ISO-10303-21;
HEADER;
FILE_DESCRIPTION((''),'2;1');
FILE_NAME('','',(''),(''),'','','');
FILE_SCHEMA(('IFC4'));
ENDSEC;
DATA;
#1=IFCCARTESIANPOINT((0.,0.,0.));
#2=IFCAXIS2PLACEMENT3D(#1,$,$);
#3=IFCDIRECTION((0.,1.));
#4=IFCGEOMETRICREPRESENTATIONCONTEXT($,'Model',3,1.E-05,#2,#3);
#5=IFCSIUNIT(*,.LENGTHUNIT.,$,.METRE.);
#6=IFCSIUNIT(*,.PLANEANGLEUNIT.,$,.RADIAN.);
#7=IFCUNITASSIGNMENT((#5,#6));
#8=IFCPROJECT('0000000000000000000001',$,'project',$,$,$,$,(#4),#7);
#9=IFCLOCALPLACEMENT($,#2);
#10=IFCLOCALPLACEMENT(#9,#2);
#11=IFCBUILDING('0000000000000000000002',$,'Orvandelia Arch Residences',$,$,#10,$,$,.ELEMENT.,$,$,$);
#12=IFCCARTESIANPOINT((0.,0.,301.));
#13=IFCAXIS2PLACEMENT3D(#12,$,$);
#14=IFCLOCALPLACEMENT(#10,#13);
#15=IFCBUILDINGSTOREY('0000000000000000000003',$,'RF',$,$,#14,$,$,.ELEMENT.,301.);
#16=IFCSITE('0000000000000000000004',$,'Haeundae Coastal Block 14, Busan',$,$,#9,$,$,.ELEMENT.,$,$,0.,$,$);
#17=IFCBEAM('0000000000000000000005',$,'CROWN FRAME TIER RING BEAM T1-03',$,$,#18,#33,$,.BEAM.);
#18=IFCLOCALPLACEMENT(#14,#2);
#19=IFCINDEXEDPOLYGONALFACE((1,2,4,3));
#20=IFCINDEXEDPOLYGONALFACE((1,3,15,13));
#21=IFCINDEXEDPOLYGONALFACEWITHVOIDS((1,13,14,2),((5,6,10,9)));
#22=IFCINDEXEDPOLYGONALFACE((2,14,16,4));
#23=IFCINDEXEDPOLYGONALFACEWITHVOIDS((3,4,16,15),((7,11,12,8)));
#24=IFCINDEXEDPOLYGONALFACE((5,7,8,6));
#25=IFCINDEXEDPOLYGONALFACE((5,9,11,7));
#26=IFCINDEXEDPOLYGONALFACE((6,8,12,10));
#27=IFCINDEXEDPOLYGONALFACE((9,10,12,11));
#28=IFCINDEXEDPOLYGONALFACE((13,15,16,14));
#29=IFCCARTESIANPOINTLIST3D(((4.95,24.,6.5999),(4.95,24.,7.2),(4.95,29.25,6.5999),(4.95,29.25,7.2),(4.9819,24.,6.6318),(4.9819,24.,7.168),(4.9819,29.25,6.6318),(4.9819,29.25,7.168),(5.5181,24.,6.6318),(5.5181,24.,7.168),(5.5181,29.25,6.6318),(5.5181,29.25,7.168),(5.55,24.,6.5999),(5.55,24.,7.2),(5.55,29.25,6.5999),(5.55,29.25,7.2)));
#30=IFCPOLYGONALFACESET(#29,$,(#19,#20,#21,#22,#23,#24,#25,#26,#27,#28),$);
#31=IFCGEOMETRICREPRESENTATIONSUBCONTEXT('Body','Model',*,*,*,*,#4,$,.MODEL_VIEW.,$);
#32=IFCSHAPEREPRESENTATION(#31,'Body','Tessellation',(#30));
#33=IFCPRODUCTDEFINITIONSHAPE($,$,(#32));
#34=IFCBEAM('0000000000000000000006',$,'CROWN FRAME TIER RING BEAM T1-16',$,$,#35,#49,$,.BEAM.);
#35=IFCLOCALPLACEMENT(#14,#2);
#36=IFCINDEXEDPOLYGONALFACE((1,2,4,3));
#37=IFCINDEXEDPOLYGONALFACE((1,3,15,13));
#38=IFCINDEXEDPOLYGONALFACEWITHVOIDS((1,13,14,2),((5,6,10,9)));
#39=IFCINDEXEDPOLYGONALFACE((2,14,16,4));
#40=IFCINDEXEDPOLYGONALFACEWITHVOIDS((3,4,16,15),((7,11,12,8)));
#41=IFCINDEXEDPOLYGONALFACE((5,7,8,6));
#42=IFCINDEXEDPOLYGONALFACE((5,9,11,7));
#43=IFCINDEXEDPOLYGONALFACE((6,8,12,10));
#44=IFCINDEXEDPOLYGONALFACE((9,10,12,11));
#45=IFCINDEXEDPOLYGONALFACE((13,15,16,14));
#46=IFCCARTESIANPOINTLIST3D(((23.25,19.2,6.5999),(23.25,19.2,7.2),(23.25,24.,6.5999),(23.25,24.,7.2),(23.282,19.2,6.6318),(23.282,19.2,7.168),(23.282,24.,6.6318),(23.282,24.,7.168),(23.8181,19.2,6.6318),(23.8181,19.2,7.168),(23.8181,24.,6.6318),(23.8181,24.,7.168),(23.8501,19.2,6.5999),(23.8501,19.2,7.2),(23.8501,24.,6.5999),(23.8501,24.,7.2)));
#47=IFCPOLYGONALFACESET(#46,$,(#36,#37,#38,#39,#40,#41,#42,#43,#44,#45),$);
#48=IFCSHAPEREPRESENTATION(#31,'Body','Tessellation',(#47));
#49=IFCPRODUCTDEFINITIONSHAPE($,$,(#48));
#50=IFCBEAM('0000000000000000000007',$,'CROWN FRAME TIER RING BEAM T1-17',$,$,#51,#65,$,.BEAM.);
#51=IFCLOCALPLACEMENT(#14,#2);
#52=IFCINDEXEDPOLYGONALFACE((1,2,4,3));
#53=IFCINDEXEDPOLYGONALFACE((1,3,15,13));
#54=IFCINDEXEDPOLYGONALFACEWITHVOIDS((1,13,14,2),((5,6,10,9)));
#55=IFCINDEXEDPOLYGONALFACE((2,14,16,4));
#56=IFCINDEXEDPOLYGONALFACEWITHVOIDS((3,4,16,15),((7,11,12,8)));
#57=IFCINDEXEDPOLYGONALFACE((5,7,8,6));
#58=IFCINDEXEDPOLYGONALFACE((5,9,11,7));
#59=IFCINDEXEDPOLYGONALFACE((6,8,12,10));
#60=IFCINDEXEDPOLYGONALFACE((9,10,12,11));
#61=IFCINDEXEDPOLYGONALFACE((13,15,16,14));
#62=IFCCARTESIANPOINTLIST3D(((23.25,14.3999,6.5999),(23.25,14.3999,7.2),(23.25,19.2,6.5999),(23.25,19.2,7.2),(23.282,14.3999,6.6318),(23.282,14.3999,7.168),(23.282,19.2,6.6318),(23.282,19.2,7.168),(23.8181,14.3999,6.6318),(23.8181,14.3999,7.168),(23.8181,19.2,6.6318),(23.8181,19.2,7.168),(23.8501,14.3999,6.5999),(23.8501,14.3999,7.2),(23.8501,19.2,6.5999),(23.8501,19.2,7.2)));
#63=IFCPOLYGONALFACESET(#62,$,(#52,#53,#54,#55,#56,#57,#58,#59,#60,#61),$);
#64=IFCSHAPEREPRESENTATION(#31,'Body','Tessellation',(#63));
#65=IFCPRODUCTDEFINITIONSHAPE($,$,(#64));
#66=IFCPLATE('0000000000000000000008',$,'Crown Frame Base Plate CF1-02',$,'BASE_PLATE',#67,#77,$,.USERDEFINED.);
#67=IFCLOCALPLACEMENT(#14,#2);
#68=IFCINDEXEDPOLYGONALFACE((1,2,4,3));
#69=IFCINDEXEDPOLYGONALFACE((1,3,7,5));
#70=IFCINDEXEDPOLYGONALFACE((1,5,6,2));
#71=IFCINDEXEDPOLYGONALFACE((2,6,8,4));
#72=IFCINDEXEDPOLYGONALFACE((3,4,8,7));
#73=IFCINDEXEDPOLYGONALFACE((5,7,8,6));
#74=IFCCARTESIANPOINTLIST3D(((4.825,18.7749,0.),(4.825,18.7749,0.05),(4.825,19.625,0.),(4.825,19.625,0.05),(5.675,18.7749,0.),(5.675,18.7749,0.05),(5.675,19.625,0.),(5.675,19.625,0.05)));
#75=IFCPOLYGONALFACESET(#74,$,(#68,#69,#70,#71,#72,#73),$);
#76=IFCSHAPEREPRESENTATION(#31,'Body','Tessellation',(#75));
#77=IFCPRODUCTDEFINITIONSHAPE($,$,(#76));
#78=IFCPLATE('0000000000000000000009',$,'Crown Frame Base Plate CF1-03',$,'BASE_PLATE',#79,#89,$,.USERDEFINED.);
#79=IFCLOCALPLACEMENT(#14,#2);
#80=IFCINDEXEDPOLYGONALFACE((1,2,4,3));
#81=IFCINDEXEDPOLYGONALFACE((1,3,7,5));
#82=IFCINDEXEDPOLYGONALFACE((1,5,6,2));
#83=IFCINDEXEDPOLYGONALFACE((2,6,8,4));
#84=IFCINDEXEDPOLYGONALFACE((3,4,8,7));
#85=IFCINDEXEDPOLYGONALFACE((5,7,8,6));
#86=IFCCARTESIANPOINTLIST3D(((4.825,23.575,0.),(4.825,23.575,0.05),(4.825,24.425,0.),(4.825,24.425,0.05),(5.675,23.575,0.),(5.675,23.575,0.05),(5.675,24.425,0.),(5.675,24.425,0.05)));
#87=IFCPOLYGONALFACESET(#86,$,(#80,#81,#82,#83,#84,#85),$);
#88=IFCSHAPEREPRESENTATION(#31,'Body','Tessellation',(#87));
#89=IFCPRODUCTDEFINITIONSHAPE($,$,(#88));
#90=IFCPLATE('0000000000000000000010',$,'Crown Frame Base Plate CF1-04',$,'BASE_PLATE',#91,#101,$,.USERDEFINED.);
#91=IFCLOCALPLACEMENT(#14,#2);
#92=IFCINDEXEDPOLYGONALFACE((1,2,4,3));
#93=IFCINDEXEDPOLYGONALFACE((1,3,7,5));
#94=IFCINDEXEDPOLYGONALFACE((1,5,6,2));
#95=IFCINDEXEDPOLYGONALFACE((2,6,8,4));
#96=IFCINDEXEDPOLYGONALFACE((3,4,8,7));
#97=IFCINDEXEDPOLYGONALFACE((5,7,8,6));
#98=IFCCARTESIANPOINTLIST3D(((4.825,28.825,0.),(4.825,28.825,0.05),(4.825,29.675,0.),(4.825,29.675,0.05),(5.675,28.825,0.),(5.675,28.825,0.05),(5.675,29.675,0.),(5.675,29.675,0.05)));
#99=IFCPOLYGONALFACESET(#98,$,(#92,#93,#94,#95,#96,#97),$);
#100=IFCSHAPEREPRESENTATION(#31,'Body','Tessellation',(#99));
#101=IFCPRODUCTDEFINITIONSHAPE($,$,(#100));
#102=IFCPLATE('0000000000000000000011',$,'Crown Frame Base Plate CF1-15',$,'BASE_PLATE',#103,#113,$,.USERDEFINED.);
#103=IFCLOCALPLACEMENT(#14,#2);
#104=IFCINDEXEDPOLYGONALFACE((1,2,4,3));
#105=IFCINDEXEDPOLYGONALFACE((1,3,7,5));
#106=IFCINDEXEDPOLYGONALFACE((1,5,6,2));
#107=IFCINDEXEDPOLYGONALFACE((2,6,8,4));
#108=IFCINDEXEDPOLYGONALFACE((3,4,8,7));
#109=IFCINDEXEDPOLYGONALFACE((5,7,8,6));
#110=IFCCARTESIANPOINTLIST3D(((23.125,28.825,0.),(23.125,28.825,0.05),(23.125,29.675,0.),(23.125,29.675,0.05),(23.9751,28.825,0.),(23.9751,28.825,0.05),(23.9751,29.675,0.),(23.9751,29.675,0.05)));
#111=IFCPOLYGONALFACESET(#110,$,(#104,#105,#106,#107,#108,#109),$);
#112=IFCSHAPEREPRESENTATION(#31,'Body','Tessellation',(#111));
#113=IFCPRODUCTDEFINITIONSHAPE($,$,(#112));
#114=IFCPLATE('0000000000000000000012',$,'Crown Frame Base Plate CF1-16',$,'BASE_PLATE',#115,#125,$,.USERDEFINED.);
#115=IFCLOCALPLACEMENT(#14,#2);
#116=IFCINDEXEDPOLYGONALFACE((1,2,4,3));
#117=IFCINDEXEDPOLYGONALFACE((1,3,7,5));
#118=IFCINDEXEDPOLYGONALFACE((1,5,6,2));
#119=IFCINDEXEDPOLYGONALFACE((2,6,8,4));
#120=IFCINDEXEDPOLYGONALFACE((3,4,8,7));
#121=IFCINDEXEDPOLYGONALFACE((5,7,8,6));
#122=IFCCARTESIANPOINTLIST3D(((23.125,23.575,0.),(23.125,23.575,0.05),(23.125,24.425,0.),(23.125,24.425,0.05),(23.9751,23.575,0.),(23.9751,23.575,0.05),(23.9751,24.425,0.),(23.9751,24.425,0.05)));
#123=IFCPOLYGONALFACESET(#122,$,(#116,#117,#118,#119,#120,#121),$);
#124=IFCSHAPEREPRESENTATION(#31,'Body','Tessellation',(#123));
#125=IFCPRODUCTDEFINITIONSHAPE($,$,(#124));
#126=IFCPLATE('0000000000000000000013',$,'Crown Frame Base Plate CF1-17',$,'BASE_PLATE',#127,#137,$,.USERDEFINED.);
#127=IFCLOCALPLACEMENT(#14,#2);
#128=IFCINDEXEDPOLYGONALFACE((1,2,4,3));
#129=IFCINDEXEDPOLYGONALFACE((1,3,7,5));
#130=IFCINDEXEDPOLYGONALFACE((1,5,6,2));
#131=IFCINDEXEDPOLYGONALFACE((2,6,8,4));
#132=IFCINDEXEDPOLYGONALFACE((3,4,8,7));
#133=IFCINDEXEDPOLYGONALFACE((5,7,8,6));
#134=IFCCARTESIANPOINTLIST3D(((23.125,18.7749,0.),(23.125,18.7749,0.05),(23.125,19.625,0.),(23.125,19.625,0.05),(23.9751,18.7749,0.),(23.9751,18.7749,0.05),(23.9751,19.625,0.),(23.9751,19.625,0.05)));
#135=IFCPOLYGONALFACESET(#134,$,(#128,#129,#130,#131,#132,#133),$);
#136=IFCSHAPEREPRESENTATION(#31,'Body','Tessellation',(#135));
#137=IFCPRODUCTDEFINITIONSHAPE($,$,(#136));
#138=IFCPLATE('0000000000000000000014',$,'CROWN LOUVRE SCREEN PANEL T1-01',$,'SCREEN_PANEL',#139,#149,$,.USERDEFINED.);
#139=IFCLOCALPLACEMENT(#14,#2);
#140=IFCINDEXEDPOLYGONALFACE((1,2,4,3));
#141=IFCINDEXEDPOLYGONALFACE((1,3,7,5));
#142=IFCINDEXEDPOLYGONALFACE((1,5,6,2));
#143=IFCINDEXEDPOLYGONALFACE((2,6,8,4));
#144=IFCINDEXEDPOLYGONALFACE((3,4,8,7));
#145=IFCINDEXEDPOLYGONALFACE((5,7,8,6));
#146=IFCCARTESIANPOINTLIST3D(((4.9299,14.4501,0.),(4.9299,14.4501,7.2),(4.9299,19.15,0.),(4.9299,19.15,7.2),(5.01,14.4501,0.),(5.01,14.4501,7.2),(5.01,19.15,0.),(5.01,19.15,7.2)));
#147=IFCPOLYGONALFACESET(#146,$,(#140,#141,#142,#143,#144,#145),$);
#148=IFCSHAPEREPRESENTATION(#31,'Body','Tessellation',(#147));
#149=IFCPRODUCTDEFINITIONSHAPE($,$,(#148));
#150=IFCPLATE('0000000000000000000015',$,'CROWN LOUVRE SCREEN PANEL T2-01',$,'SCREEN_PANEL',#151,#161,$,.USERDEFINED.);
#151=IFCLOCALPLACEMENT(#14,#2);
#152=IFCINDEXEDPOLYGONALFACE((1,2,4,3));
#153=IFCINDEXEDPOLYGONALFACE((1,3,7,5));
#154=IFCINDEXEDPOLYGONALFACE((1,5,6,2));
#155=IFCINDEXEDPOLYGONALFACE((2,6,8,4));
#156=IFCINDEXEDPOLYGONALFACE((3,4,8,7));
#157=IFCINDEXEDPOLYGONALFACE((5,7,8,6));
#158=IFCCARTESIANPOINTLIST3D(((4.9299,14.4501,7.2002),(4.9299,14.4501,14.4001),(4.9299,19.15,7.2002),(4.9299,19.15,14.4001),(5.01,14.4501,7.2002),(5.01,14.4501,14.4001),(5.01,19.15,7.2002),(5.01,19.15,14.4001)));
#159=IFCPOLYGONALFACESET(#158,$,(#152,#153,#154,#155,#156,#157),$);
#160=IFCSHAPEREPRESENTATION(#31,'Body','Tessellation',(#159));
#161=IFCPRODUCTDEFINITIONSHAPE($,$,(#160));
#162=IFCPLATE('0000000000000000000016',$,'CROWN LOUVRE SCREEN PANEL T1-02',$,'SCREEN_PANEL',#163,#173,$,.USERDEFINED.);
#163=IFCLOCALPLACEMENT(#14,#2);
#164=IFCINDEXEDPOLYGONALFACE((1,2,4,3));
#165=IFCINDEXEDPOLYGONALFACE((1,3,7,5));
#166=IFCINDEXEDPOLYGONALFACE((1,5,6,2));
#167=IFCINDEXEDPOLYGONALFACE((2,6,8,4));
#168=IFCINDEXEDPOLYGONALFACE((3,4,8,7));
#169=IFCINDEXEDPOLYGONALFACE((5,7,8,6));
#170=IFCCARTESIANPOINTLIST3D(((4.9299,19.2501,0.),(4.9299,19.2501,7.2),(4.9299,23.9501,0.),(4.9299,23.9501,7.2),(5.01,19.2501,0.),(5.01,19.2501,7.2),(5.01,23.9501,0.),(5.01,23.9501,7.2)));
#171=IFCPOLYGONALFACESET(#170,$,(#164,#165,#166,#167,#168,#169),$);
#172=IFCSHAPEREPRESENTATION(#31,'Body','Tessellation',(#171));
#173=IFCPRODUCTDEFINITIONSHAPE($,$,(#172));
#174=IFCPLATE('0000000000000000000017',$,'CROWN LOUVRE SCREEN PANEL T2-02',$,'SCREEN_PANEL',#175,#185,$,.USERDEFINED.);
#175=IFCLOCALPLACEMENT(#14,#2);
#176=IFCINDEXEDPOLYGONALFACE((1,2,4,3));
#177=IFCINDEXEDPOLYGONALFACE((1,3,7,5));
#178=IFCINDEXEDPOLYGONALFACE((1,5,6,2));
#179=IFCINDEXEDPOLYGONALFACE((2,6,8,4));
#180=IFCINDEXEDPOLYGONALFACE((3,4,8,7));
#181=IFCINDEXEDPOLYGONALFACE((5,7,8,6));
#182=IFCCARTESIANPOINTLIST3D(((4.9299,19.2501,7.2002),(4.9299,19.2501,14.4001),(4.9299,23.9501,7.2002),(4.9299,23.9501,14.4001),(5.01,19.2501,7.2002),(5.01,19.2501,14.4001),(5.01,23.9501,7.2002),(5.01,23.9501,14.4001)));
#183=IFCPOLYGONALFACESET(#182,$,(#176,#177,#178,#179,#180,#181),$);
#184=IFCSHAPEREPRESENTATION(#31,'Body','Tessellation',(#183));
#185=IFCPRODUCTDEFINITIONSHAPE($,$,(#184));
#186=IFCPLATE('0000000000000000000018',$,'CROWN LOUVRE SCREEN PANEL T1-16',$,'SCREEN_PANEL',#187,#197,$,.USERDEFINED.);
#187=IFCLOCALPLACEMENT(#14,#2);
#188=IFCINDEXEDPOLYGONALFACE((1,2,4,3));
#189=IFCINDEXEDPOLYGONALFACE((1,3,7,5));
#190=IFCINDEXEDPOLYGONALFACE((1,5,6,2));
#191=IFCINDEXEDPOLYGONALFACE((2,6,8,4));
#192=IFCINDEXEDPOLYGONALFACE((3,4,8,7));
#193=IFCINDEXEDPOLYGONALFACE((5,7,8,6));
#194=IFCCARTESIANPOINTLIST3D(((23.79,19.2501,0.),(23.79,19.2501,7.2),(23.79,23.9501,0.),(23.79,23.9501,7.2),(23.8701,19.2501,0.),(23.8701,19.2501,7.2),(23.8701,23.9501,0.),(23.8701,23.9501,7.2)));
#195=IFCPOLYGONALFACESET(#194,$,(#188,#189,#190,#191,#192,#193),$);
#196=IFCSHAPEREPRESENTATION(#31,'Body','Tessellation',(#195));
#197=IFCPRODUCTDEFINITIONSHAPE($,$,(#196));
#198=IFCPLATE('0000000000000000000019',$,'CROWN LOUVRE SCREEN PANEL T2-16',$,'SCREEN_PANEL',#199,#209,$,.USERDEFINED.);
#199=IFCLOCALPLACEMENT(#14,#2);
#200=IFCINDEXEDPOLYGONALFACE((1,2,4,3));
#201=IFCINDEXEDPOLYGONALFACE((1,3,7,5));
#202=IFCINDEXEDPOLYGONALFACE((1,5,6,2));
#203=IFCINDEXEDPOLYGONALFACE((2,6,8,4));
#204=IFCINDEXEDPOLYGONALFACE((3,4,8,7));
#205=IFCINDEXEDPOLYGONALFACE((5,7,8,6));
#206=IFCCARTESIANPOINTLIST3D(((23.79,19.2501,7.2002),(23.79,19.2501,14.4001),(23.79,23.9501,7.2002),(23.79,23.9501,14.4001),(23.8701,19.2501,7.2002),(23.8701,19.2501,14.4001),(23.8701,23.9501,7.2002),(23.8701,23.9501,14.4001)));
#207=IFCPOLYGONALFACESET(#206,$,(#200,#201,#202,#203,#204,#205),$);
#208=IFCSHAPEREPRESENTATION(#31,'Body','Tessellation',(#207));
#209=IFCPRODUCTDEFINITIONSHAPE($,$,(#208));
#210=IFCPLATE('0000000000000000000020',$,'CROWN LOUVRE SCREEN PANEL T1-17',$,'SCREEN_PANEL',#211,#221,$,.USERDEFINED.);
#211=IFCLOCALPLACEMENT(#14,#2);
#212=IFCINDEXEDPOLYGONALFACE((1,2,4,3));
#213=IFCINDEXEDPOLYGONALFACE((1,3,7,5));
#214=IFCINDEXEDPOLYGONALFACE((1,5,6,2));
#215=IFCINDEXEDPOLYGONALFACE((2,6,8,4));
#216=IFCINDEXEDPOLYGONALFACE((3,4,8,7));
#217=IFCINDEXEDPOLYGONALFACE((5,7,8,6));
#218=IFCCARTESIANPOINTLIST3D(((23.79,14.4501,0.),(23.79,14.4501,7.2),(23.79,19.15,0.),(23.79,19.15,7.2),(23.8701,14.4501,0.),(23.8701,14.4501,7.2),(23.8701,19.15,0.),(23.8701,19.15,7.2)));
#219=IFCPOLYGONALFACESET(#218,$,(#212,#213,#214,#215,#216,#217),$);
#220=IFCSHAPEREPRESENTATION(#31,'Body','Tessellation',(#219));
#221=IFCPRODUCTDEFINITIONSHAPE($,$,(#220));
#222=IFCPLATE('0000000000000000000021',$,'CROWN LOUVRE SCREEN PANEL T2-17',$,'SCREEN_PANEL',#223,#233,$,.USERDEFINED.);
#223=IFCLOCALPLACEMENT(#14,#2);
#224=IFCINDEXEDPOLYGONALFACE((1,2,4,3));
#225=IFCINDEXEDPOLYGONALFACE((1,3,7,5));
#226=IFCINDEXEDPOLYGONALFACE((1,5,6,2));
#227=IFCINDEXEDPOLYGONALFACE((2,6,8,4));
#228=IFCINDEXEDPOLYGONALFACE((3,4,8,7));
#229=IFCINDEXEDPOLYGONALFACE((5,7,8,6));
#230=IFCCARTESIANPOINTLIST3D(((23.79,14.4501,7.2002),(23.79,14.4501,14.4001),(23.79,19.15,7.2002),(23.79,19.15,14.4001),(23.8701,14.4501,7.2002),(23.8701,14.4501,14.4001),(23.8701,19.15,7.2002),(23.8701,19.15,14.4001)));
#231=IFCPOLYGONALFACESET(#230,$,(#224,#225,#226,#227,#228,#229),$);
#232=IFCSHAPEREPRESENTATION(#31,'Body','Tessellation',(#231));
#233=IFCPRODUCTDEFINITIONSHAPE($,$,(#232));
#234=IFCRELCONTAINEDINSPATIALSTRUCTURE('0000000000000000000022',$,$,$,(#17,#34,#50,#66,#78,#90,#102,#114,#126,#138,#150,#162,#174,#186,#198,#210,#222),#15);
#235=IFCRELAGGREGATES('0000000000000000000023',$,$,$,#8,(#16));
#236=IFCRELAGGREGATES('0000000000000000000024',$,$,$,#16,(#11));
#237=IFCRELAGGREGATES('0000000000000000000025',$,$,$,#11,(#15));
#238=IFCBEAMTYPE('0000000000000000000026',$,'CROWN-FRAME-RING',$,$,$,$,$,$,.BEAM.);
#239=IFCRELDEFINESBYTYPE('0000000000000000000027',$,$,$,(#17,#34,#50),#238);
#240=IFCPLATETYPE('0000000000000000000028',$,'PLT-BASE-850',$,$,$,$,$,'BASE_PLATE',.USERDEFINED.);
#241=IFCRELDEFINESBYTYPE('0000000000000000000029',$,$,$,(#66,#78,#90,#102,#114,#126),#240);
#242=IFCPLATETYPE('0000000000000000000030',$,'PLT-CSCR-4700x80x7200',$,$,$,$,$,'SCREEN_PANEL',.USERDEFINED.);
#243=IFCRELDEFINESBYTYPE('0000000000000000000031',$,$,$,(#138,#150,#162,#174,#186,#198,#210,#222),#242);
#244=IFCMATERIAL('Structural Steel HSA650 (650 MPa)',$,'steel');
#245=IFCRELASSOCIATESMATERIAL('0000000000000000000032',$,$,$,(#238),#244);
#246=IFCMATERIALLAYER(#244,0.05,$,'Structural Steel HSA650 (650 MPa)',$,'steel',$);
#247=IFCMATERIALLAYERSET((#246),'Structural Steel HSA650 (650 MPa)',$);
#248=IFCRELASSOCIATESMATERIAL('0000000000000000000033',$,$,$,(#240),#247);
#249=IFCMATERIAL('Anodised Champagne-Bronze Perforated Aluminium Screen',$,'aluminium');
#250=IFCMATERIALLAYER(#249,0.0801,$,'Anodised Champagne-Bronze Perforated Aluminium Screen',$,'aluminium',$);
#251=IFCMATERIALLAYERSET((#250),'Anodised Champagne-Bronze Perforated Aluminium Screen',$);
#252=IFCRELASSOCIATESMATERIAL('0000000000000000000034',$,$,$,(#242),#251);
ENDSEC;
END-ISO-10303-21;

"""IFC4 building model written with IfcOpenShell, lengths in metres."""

from ifc_helpers import new_model, si_unit, direction, frame, origin, origin_2d, place, context, subcontext, project, spatial, rectangle, hollow_rectangle, extrude, material, layer, layer_set, material_profile, profile_set, type_object, element, save


model = new_model("IFC4")

# Units and contexts
model_context = context("Model", 3, precision=1e-05, world=origin(), true_north=direction((0.0, 1.0)))
body_context = subcontext(model_context, "Body", "Model", "MODEL_VIEW")
ifc_project = project(units=[si_unit("LENGTHUNIT", "METRE"), si_unit("PLANEANGLEUNIT", "RADIAN")], contexts=[model_context])

# Site, building, storey
site_placement = place(None, origin())
site = spatial("IfcSite", under=ifc_project, at=site_placement, Name="Haeundae Coastal Block 14, Busan", CompositionType="ELEMENT", RefElevation=0.0)
building_placement = place(site_placement, origin())
building = spatial("IfcBuilding", under=site, at=building_placement, Name="Orvandelia Arch Residences", CompositionType="ELEMENT")
storey_placement = place(building_placement, frame((0.0, 0.0, 301.0)))
storey = spatial("IfcBuildingStorey", under=building, at=storey_placement, Name="RF", CompositionType="ELEMENT", Elevation=301.0)

# Shared definitions
ifc_material_1 = material(Name="Structural Steel HSA650 (650 MPa)", Category="steel")

# Beams
ifc_material_profile_1 = material_profile(ifc_material_1, hollow_rectangle(XDim=0.6001, YDim=0.6001, WallThickness=0.032, at=origin_2d()), Name="Structural Steel HSA650 (650 MPa)", Category="steel")
ifc_profile_set_1 = profile_set([ifc_material_profile_1], Name="Structural Steel HSA650 (650 MPa)")
beam_type = type_object("IfcBeamType", Name="CROWN-FRAME-RING", PredefinedType="BEAM", material=ifc_profile_set_1)
beam_1_placement = place(storey_placement, frame((5.25, 24.0, 6.8999), z_axis=(0.0, 1.0, 0.0), x_axis=(-1.0, 0.0, 0.0)))
element("IfcBeam", 1, at=beam_1_placement, inside=storey, type_object=beam_type, Name="CROWN FRAME TIER RING BEAM T1-03", PredefinedType="BEAM", context=body_context, shape_type="SweptSolid", body=[
    extrude(hollow_rectangle(XDim=0.6001, YDim=0.6001, WallThickness=0.032, at=origin_2d()), origin(), (0.0, 0.0, 1.0), 5.25),
])
for number, where, z_axis, x_axis, name in (
    (2, (23.55, 24.0, 6.8999), (0.0, -1.0, 0.0), (1.0, 0.0, 0.0), "CROWN FRAME TIER RING BEAM T1-16"),
    (3, (23.55, 19.2, 6.8999), (0.0, -1.0, 0.0), (1.0, 0.0, 0.0), "CROWN FRAME TIER RING BEAM T1-17"),
):
    element("IfcBeam", number, at=place(storey_placement, frame(where, z_axis=z_axis, x_axis=x_axis)), inside=storey, type_object=beam_type, Name=name, PredefinedType="BEAM", context=body_context, shape_type="SweptSolid", body=[
        extrude(hollow_rectangle(XDim=0.6001, YDim=0.6001, WallThickness=0.032, at=origin_2d()), origin(), (0.0, 0.0, 1.0), 4.8),
    ])

# Plates
ifc_layer_1 = layer(ifc_material_1, 0.05, Name="Structural Steel HSA650 (650 MPa)", Category="steel")
ifc_layer_set_1 = layer_set([ifc_layer_1], Name="Structural Steel HSA650 (650 MPa)")
plate_type_1 = type_object("IfcPlateType", Name="PLT-BASE-850", ElementType="BASE_PLATE", PredefinedType="USERDEFINED", material=ifc_layer_set_1)
for number, where, z_axis, x_axis, name in (
    (4, (5.25, 19.2, 0.0), (0.0, 0.0, 1.0), (1.0, 0.0, 0.0), "Crown Frame Base Plate CF1-02"),
    (5, (5.25, 24.0, 0.0), (0.0, 0.0, 1.0), (1.0, 0.0, 0.0), "Crown Frame Base Plate CF1-03"),
    (6, (5.25, 29.25, 0.0), (0.0, 0.0, 1.0), (1.0, 0.0, 0.0), "Crown Frame Base Plate CF1-04"),
    (7, (23.55, 29.25, 0.0), (0.0, 0.0, 1.0), (1.0, 0.0, 0.0), "Crown Frame Base Plate CF1-15"),
    (8, (23.55, 24.0, 0.0), (0.0, 0.0, 1.0), (1.0, 0.0, 0.0), "Crown Frame Base Plate CF1-16"),
    (9, (23.55, 19.2, 0.0), (0.0, 0.0, 1.0), (1.0, 0.0, 0.0), "Crown Frame Base Plate CF1-17"),
):
    element("IfcPlate", number, at=place(storey_placement, frame(where, z_axis=z_axis, x_axis=x_axis)), inside=storey, type_object=plate_type_1, Name=name, ObjectType="BASE_PLATE", PredefinedType="USERDEFINED", context=body_context, shape_type="SweptSolid", body=[
        extrude(rectangle(XDim=0.8501, YDim=0.8501, at=origin_2d()), origin(), (0.0, 0.0, 1.0), 0.05),
    ])
ifc_material_2 = material(Name="Anodised Champagne-Bronze Perforated Aluminium Screen", Category="aluminium")
ifc_layer_2 = layer(ifc_material_2, 0.0801, Name="Anodised Champagne-Bronze Perforated Aluminium Screen", Category="aluminium")
ifc_layer_set_2 = layer_set([ifc_layer_2], Name="Anodised Champagne-Bronze Perforated Aluminium Screen")
plate_type_2 = type_object("IfcPlateType", Name="PLT-CSCR-4700x80x7200", ElementType="SCREEN_PANEL", PredefinedType="USERDEFINED", material=ifc_layer_set_2)
for number, where, z_axis, x_axis, name in (
    (10, (4.97, 16.8, 0.0), (0.0, 0.0, 1.0), (0.0, 1.0, 0.0), "CROWN LOUVRE SCREEN PANEL T1-01"),
    (11, (4.97, 16.8, 7.2002), (0.0, 0.0, 1.0), (0.0, 1.0, 0.0), "CROWN LOUVRE SCREEN PANEL T2-01"),
    (12, (4.97, 21.6001, 0.0), (0.0, 0.0, 1.0), (0.0, 1.0, 0.0), "CROWN LOUVRE SCREEN PANEL T1-02"),
    (13, (4.97, 21.6001, 7.2002), (0.0, 0.0, 1.0), (0.0, 1.0, 0.0), "CROWN LOUVRE SCREEN PANEL T2-02"),
    (14, (23.8301, 21.6001, 0.0), (0.0, 0.0, 1.0), (0.0, -1.0, 0.0), "CROWN LOUVRE SCREEN PANEL T1-16"),
    (15, (23.8301, 21.6001, 7.2002), (0.0, 0.0, 1.0), (0.0, -1.0, 0.0), "CROWN LOUVRE SCREEN PANEL T2-16"),
    (16, (23.8301, 16.8, 0.0), (0.0, 0.0, 1.0), (0.0, -1.0, 0.0), "CROWN LOUVRE SCREEN PANEL T1-17"),
    (17, (23.8301, 16.8, 7.2002), (0.0, 0.0, 1.0), (0.0, -1.0, 0.0), "CROWN LOUVRE SCREEN PANEL T2-17"),
):
    element("IfcPlate", number, at=place(storey_placement, frame(where, z_axis=z_axis, x_axis=x_axis)), inside=storey, type_object=plate_type_2, Name=name, ObjectType="SCREEN_PANEL", PredefinedType="USERDEFINED", context=body_context, shape_type="SweptSolid", body=[
        extrude(rectangle(XDim=4.7, YDim=0.0801, at=origin_2d()), origin(), (0.0, 0.0, 1.0), 7.2),
    ])

save(model, "model.ifc")
